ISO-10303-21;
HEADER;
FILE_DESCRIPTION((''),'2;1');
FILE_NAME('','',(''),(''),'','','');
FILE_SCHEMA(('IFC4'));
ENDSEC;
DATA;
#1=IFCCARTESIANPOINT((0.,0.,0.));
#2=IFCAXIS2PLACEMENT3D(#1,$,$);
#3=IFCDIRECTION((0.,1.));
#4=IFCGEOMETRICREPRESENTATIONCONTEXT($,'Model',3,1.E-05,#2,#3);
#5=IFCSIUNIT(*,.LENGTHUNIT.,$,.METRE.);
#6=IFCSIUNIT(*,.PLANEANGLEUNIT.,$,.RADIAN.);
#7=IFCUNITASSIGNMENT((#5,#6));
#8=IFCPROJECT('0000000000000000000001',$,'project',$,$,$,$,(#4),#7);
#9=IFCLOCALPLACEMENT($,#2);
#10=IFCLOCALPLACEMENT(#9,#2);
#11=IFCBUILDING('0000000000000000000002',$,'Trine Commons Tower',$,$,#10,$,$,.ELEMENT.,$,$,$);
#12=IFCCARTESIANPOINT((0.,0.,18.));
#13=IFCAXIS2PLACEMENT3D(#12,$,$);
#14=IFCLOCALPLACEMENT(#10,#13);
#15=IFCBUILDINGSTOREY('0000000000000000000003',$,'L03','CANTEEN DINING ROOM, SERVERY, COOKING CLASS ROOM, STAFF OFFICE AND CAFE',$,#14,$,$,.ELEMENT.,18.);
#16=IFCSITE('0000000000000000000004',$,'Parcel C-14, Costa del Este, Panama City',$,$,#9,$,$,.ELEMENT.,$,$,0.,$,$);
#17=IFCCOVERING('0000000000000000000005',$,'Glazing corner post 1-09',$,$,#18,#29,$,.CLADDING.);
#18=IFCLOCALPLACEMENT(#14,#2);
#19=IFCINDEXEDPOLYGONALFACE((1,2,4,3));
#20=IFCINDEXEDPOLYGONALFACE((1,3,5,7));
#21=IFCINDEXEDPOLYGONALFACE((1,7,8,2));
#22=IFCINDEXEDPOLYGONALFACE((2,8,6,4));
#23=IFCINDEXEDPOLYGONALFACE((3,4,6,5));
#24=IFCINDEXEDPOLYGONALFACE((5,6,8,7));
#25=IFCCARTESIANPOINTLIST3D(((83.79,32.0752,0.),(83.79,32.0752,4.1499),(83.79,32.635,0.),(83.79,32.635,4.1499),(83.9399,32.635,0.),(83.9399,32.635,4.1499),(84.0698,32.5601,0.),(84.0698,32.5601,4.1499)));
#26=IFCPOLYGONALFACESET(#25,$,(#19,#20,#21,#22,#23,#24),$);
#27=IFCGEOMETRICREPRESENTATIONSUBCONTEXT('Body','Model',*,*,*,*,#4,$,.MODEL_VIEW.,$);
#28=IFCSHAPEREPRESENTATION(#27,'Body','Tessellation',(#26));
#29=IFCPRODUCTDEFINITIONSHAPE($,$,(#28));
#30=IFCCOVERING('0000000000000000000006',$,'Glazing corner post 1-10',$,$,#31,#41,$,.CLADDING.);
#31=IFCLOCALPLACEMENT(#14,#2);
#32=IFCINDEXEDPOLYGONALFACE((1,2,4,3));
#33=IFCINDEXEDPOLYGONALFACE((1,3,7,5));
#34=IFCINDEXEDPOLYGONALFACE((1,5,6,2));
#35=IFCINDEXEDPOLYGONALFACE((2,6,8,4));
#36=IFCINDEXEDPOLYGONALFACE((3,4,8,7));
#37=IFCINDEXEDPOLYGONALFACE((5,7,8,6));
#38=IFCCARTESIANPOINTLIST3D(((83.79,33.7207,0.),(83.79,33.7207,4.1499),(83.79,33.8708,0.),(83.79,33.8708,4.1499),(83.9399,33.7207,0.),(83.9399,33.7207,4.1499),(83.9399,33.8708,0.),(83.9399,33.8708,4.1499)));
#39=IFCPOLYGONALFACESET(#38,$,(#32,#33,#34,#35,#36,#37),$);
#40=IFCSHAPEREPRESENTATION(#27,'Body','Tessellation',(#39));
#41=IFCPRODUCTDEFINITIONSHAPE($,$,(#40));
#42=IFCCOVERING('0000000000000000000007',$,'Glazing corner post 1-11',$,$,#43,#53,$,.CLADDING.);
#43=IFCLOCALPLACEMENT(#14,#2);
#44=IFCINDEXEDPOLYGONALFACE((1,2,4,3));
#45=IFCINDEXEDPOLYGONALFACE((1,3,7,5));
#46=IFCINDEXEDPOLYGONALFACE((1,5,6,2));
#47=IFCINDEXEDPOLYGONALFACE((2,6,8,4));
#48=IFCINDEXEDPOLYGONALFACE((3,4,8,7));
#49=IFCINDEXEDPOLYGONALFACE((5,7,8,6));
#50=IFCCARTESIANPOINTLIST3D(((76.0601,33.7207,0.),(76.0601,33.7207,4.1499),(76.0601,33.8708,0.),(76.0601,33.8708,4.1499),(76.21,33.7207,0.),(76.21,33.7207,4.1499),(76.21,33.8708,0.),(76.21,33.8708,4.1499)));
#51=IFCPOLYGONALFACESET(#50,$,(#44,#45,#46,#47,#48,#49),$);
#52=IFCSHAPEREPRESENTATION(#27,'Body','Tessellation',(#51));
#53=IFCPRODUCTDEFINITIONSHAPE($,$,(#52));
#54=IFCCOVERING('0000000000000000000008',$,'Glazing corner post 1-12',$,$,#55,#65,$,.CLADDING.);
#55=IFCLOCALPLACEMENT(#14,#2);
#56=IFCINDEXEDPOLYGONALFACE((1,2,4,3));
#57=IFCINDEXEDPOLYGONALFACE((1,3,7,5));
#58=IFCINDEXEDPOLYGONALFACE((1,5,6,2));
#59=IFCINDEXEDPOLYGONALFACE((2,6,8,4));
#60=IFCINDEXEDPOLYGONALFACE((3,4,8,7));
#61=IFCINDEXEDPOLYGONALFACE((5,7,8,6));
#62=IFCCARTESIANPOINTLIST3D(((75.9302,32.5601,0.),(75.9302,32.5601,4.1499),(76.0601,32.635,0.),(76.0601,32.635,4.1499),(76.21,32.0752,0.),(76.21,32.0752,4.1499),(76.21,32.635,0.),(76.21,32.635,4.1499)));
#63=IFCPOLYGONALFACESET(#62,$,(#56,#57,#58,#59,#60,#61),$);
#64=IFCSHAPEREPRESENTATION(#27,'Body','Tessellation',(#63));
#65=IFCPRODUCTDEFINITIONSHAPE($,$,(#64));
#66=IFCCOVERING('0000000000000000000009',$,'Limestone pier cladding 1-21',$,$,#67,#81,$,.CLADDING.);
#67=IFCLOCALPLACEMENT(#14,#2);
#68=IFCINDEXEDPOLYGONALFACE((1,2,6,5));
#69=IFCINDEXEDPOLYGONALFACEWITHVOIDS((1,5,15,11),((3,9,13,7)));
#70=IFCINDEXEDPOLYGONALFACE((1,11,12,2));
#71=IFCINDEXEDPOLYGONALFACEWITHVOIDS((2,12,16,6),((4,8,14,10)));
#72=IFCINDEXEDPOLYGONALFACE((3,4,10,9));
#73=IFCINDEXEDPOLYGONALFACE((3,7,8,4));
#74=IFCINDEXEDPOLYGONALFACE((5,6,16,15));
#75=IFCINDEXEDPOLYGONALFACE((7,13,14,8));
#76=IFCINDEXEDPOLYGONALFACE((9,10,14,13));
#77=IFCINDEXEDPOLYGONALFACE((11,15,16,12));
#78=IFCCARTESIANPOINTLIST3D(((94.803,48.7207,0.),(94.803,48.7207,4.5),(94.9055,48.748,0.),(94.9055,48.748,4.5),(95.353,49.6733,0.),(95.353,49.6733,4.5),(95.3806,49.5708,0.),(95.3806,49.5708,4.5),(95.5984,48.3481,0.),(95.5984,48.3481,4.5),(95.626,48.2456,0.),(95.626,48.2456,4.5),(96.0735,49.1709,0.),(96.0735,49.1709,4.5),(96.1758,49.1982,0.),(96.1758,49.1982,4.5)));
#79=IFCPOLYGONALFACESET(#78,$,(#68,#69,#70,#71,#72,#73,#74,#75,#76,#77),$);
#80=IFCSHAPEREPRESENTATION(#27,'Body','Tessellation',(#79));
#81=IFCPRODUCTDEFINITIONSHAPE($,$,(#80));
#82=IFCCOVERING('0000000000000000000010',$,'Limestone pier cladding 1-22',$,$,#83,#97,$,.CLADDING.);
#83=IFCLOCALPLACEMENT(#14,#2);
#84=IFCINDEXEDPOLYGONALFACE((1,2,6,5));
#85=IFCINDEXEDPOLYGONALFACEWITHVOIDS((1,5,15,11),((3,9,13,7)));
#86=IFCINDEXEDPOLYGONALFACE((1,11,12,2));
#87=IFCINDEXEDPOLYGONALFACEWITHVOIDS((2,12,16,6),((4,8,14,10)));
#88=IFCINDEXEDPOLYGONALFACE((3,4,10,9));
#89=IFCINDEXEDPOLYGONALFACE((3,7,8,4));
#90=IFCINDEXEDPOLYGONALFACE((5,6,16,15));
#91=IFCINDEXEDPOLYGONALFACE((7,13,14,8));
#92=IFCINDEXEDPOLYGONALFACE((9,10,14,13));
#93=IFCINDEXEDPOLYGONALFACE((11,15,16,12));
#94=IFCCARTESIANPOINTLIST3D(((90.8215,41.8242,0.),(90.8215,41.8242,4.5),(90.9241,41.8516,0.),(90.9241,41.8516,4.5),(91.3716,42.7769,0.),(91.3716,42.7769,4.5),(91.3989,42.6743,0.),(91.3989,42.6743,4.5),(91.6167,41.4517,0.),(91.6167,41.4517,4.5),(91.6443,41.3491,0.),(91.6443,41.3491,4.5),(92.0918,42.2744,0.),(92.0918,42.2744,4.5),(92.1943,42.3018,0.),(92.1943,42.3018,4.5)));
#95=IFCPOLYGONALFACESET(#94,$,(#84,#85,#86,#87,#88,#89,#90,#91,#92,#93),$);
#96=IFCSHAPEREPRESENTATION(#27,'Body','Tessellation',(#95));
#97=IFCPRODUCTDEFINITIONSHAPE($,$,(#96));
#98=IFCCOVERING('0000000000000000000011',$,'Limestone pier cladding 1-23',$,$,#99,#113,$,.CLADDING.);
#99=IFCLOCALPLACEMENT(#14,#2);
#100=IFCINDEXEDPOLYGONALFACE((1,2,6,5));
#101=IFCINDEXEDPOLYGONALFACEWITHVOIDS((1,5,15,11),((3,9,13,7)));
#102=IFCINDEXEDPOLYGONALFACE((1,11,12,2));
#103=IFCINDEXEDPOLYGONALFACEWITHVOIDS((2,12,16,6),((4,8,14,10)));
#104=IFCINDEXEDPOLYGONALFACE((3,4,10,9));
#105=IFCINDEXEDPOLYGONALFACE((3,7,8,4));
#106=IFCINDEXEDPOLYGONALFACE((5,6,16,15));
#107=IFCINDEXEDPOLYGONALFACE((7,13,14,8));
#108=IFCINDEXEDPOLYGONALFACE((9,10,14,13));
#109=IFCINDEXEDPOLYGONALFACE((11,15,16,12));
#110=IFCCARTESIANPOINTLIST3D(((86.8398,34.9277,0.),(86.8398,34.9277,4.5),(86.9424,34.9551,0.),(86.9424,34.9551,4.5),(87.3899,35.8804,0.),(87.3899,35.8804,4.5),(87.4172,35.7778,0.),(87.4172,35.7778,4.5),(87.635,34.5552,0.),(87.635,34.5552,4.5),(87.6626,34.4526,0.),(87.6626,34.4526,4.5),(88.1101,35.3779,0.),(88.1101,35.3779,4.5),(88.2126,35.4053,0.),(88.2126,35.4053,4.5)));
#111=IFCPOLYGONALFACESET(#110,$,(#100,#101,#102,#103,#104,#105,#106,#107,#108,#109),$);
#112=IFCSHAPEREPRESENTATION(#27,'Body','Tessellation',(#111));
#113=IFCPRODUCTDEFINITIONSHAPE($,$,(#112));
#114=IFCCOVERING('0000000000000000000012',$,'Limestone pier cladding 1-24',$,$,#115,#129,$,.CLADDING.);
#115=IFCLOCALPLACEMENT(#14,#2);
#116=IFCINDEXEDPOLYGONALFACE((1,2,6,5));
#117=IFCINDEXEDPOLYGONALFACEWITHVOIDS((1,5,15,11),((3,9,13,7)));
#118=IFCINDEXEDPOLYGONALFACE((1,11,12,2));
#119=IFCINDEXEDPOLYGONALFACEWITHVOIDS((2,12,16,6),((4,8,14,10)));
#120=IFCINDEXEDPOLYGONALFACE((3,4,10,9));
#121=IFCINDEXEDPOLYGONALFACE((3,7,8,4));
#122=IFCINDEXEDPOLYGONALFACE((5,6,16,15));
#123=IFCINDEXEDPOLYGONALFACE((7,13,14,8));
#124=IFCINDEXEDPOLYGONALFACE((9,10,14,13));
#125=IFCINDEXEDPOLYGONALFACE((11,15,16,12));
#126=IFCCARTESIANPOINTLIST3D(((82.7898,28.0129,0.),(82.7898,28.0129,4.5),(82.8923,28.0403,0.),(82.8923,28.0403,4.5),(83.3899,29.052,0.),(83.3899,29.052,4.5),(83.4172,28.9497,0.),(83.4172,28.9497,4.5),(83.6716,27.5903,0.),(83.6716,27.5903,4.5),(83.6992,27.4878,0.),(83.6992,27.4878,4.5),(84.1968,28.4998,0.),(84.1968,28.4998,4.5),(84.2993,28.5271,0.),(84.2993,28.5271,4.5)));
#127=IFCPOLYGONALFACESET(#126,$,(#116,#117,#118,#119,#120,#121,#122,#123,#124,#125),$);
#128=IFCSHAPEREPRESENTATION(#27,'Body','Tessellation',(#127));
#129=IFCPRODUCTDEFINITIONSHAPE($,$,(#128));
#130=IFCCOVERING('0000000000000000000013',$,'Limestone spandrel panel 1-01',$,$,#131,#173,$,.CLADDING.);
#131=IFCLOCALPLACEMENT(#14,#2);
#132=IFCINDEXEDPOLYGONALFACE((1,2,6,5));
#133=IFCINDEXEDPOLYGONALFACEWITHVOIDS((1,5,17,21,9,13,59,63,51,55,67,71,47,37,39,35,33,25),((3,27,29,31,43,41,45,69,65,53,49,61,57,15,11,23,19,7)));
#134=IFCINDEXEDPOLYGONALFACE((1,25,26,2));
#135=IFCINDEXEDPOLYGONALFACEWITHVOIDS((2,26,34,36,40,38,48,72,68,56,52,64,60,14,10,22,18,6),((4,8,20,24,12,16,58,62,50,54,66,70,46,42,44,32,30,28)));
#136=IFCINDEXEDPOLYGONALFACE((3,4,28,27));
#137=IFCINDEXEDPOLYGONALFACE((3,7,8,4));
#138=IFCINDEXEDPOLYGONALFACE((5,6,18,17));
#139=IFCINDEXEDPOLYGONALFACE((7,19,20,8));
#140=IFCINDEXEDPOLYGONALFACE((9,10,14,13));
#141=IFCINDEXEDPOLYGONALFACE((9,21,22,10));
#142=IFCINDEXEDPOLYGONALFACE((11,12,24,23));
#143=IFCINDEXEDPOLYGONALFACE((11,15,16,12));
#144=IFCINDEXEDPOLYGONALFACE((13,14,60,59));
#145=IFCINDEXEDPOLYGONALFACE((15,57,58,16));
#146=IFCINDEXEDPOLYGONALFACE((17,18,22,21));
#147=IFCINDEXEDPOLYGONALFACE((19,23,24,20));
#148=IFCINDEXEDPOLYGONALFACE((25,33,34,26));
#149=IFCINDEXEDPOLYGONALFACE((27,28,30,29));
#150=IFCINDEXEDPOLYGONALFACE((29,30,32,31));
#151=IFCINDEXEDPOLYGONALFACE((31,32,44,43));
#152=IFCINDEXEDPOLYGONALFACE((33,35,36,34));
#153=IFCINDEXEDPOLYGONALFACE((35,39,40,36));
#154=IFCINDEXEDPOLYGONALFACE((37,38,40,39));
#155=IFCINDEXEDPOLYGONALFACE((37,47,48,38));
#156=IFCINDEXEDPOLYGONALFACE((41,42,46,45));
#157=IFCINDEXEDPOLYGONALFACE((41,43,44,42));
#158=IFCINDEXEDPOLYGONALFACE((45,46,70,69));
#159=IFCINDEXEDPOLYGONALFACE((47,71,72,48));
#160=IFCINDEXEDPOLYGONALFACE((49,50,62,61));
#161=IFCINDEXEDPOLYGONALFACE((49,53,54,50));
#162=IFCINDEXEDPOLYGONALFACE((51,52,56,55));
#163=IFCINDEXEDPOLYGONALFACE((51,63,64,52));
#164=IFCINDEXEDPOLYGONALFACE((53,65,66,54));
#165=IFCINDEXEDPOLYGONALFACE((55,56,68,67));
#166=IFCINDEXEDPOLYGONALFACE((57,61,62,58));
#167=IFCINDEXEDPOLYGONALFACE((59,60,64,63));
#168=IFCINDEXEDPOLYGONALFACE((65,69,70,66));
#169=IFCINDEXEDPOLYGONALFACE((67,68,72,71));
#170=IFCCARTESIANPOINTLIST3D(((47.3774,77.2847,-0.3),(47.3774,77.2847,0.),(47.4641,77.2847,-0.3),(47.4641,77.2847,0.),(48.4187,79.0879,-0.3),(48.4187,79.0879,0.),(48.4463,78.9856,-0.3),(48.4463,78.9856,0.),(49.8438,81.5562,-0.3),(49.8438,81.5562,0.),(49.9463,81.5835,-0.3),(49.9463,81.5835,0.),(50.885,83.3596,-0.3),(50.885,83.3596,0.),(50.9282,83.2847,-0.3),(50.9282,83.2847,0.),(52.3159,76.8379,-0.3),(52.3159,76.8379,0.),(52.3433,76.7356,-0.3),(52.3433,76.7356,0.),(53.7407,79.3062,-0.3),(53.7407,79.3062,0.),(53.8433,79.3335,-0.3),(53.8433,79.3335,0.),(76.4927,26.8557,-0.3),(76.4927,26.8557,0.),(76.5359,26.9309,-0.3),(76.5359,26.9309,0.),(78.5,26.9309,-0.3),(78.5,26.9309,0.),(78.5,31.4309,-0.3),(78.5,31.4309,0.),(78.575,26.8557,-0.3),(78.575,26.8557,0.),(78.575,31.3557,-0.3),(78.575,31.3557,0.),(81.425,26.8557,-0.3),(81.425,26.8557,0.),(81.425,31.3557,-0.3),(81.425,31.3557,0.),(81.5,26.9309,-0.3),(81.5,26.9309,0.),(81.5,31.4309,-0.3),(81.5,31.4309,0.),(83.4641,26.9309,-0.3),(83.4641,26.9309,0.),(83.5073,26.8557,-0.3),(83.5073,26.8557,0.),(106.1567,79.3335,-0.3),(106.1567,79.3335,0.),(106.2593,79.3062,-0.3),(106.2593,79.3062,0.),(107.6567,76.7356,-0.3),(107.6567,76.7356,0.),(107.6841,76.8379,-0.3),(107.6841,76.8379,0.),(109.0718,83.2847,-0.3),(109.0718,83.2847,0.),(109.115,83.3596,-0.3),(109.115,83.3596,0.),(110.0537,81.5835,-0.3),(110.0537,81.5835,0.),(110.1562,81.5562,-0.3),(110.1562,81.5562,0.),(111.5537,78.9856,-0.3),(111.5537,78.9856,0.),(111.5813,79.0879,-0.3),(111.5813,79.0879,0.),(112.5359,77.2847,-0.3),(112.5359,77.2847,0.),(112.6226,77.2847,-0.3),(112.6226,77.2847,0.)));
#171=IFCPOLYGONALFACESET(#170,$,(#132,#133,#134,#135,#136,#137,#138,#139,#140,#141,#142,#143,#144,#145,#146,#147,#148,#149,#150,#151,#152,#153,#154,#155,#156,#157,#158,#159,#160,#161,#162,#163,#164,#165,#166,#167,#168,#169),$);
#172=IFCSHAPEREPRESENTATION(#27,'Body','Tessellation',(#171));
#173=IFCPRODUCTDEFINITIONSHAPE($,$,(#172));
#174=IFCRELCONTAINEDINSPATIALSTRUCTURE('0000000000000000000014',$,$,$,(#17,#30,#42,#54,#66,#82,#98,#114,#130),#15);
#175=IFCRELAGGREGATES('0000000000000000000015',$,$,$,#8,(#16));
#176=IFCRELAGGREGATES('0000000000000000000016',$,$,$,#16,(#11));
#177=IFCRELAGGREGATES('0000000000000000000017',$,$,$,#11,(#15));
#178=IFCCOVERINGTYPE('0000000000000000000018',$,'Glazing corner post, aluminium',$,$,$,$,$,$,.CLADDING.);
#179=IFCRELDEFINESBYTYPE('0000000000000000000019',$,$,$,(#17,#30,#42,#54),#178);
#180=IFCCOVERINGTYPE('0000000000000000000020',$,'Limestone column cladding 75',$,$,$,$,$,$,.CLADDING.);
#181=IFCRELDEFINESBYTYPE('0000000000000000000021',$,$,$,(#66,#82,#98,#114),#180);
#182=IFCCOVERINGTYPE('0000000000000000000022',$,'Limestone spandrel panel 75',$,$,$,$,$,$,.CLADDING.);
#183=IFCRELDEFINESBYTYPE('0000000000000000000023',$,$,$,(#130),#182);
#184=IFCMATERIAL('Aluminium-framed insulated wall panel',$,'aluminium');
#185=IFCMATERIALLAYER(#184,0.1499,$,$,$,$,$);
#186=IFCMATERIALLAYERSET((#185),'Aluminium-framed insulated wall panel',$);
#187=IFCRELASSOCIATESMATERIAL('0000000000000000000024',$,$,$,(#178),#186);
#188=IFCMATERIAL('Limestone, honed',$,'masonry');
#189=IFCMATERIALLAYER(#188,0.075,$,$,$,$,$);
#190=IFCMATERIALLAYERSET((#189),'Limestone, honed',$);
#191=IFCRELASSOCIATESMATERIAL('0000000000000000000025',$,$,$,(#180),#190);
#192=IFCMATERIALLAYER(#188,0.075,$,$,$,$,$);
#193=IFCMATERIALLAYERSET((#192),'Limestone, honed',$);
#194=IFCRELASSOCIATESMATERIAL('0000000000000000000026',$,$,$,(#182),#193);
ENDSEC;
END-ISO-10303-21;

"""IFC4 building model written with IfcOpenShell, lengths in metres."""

from ifc_helpers import new_model, si_unit, direction, frame, origin, place, context, subcontext, project, spatial, polyline, outline, extrude, material, layer, layer_set, type_object, element, save


model = new_model("IFC4")

# Units and contexts
model_context = context("Model", 3, precision=1e-05, world=origin(), true_north=direction((0.0, 1.0)))
body_context = subcontext(model_context, "Body", "Model", "MODEL_VIEW")
ifc_project = project(units=[si_unit("LENGTHUNIT", "METRE"), si_unit("PLANEANGLEUNIT", "RADIAN")], contexts=[model_context])

# Site, building, storey
site_placement = place(None, origin())
site = spatial("IfcSite", under=ifc_project, at=site_placement, Name="Parcel C-14, Costa del Este, Panama City", CompositionType="ELEMENT", RefElevation=0.0)
building_placement = place(site_placement, origin())
building = spatial("IfcBuilding", under=site, at=building_placement, Name="Trine Commons Tower", CompositionType="ELEMENT")
storey_placement = place(building_placement, frame((0.0, 0.0, 18.0)))
storey = spatial("IfcBuildingStorey", under=building, at=storey_placement, Name="L03", Description="CANTEEN DINING ROOM, SERVERY, COOKING CLASS ROOM, STAFF OFFICE AND CAFE", CompositionType="ELEMENT", Elevation=18.0)

# Coverings
ifc_material_1 = material(Name="Aluminium-framed insulated wall panel", Category="aluminium")
ifc_layer_1 = layer(ifc_material_1, 0.1499)
ifc_layer_set_1 = layer_set([ifc_layer_1], Name="Aluminium-framed insulated wall panel")
covering_type_1 = type_object("IfcCoveringType", Name="Glazing corner post, aluminium", PredefinedType="CLADDING", material=ifc_layer_set_1)
covering_1_placement = place(storey_placement, origin())
element("IfcCovering", 1, at=covering_1_placement, inside=storey, type_object=covering_type_1, Name="Glazing corner post 1-09", PredefinedType="CLADDING", context=body_context, shape_type="SweptSolid", body=[
    extrude(outline(polyline([(83.79, 32.635), (83.79, 32.0752), (84.0698, 32.5601), (83.9399, 32.635), (83.9399, 32.635), (83.79, 32.635)])), origin(), (0.0, 0.0, 1.0), 4.1499),
])
covering_2_placement = place(storey_placement, origin())
element("IfcCovering", 2, at=covering_2_placement, inside=storey, type_object=covering_type_1, Name="Glazing corner post 1-10", PredefinedType="CLADDING", context=body_context, shape_type="SweptSolid", body=[
    extrude(outline(polyline([(83.9399, 33.7207), (83.9399, 33.8708), (83.79, 33.8708), (83.79, 33.7207), (83.9399, 33.7207)])), origin(), (0.0, 0.0, 1.0), 4.1499),
])
covering_3_placement = place(storey_placement, origin())
element("IfcCovering", 3, at=covering_3_placement, inside=storey, type_object=covering_type_1, Name="Glazing corner post 1-11", PredefinedType="CLADDING", context=body_context, shape_type="SweptSolid", body=[
    extrude(outline(polyline([(76.21, 33.8708), (76.0601, 33.8708), (76.0601, 33.7207), (76.21, 33.7207), (76.21, 33.8708)])), origin(), (0.0, 0.0, 1.0), 4.1499),
])
covering_4_placement = place(storey_placement, origin())
element("IfcCovering", 4, at=covering_4_placement, inside=storey, type_object=covering_type_1, Name="Glazing corner post 1-12", PredefinedType="CLADDING", context=body_context, shape_type="SweptSolid", body=[
    extrude(outline(polyline([(75.9302, 32.5601), (76.21, 32.0752), (76.21, 32.635), (76.0601, 32.635), (75.9302, 32.5601)])), origin(), (0.0, 0.0, 1.0), 4.1499),
])
ifc_material_2 = material(Name="Limestone, honed", Category="masonry")
ifc_layer_2 = layer(ifc_material_2, 0.075)
ifc_layer_set_2 = layer_set([ifc_layer_2], Name="Limestone, honed")
covering_type_2 = type_object("IfcCoveringType", Name="Limestone column cladding 75", PredefinedType="CLADDING", material=ifc_layer_set_2)
covering_5_placement = place(storey_placement, origin())
element("IfcCovering", 5, at=covering_5_placement, inside=storey, type_object=covering_type_2, Name="Limestone pier cladding 1-21", PredefinedType="CLADDING", context=body_context, shape_type="SweptSolid", body=[
    extrude(outline(polyline([(96.1758, 49.1982), (95.353, 49.6733), (94.803, 48.7207), (95.626, 48.2456), (96.1758, 49.1982)]), holes=[polyline([(96.0735, 49.1709), (95.3806, 49.5708), (94.9055, 48.748), (95.5984, 48.3481), (96.0735, 49.1709)])]), origin(), (0.0, 0.0, 1.0), 4.5),
])
covering_6_placement = place(storey_placement, origin())
element("IfcCovering", 6, at=covering_6_placement, inside=storey, type_object=covering_type_2, Name="Limestone pier cladding 1-22", PredefinedType="CLADDING", context=body_context, shape_type="SweptSolid", body=[
    extrude(outline(polyline([(92.1943, 42.3018), (91.3716, 42.7769), (90.8215, 41.8242), (91.6443, 41.3491), (92.1943, 42.3018)]), holes=[polyline([(92.0918, 42.2744), (91.3989, 42.6743), (90.9241, 41.8516), (91.6167, 41.4517), (92.0918, 42.2744)])]), origin(), (0.0, 0.0, 1.0), 4.5),
])
covering_7_placement = place(storey_placement, origin())
element("IfcCovering", 7, at=covering_7_placement, inside=storey, type_object=covering_type_2, Name="Limestone pier cladding 1-23", PredefinedType="CLADDING", context=body_context, shape_type="SweptSolid", body=[
    extrude(outline(polyline([(88.2126, 35.4053), (87.3899, 35.8804), (86.8398, 34.9277), (87.6626, 34.4526), (88.2126, 35.4053)]), holes=[polyline([(88.1101, 35.3779), (87.4172, 35.7778), (86.9424, 34.9551), (87.635, 34.5552), (88.1101, 35.3779)])]), origin(), (0.0, 0.0, 1.0), 4.5),
])
covering_8_placement = place(storey_placement, origin())
element("IfcCovering", 8, at=covering_8_placement, inside=storey, type_object=covering_type_2, Name="Limestone pier cladding 1-24", PredefinedType="CLADDING", context=body_context, shape_type="SweptSolid", body=[
    extrude(outline(polyline([(84.2993, 28.5271), (83.3899, 29.052), (82.7898, 28.0129), (83.6992, 27.4878), (84.2993, 28.5271)]), holes=[polyline([(84.1968, 28.4998), (83.4172, 28.9497), (82.8923, 28.0403), (83.6716, 27.5903), (84.1968, 28.4998)])]), origin(), (0.0, 0.0, 1.0), 4.5),
])
ifc_layer_3 = layer(ifc_material_2, 0.075)
ifc_layer_set_3 = layer_set([ifc_layer_3], Name="Limestone, honed")
covering_type_3 = type_object("IfcCoveringType", Name="Limestone spandrel panel 75", PredefinedType="CLADDING", material=ifc_layer_set_3)
covering_9_placement = place(storey_placement, frame((0.0, 0.0, -0.3)))
element("IfcCovering", 9, at=covering_9_placement, inside=storey, type_object=covering_type_3, Name="Limestone spandrel panel 1-01", PredefinedType="CLADDING", context=body_context, shape_type="SweptSolid", body=[
    extrude(outline(polyline([(81.425, 31.3557), (81.425, 26.8557), (83.5073, 26.8557), (112.6226, 77.2847), (111.5813, 79.0879), (107.6841, 76.8379), (106.2593, 79.3062), (110.1562, 81.5562), (109.115, 83.3596), (50.885, 83.3596), (49.8438, 81.5562), (53.7407, 79.3062), (52.3159, 76.8379), (48.4187, 79.0879), (47.3774, 77.2847), (76.4927, 26.8557), (78.575, 26.8557), (78.575, 31.3557), (81.425, 31.3557)]), holes=[polyline([(111.5537, 78.9856), (112.5359, 77.2847), (83.4641, 26.9309), (81.5, 26.9309), (81.5, 31.4309), (78.5, 31.4309), (78.5, 26.9309), (76.5359, 26.9309), (47.4641, 77.2847), (48.4463, 78.9856), (52.3433, 76.7356), (53.8433, 79.3335), (49.9463, 81.5835), (50.9282, 83.2847), (109.0718, 83.2847), (110.0537, 81.5835), (106.1567, 79.3335), (107.6567, 76.7356), (111.5537, 78.9856)])]), origin(), (0.0, 0.0, 1.0), 0.3),
])

save(model, "model.ifc")
